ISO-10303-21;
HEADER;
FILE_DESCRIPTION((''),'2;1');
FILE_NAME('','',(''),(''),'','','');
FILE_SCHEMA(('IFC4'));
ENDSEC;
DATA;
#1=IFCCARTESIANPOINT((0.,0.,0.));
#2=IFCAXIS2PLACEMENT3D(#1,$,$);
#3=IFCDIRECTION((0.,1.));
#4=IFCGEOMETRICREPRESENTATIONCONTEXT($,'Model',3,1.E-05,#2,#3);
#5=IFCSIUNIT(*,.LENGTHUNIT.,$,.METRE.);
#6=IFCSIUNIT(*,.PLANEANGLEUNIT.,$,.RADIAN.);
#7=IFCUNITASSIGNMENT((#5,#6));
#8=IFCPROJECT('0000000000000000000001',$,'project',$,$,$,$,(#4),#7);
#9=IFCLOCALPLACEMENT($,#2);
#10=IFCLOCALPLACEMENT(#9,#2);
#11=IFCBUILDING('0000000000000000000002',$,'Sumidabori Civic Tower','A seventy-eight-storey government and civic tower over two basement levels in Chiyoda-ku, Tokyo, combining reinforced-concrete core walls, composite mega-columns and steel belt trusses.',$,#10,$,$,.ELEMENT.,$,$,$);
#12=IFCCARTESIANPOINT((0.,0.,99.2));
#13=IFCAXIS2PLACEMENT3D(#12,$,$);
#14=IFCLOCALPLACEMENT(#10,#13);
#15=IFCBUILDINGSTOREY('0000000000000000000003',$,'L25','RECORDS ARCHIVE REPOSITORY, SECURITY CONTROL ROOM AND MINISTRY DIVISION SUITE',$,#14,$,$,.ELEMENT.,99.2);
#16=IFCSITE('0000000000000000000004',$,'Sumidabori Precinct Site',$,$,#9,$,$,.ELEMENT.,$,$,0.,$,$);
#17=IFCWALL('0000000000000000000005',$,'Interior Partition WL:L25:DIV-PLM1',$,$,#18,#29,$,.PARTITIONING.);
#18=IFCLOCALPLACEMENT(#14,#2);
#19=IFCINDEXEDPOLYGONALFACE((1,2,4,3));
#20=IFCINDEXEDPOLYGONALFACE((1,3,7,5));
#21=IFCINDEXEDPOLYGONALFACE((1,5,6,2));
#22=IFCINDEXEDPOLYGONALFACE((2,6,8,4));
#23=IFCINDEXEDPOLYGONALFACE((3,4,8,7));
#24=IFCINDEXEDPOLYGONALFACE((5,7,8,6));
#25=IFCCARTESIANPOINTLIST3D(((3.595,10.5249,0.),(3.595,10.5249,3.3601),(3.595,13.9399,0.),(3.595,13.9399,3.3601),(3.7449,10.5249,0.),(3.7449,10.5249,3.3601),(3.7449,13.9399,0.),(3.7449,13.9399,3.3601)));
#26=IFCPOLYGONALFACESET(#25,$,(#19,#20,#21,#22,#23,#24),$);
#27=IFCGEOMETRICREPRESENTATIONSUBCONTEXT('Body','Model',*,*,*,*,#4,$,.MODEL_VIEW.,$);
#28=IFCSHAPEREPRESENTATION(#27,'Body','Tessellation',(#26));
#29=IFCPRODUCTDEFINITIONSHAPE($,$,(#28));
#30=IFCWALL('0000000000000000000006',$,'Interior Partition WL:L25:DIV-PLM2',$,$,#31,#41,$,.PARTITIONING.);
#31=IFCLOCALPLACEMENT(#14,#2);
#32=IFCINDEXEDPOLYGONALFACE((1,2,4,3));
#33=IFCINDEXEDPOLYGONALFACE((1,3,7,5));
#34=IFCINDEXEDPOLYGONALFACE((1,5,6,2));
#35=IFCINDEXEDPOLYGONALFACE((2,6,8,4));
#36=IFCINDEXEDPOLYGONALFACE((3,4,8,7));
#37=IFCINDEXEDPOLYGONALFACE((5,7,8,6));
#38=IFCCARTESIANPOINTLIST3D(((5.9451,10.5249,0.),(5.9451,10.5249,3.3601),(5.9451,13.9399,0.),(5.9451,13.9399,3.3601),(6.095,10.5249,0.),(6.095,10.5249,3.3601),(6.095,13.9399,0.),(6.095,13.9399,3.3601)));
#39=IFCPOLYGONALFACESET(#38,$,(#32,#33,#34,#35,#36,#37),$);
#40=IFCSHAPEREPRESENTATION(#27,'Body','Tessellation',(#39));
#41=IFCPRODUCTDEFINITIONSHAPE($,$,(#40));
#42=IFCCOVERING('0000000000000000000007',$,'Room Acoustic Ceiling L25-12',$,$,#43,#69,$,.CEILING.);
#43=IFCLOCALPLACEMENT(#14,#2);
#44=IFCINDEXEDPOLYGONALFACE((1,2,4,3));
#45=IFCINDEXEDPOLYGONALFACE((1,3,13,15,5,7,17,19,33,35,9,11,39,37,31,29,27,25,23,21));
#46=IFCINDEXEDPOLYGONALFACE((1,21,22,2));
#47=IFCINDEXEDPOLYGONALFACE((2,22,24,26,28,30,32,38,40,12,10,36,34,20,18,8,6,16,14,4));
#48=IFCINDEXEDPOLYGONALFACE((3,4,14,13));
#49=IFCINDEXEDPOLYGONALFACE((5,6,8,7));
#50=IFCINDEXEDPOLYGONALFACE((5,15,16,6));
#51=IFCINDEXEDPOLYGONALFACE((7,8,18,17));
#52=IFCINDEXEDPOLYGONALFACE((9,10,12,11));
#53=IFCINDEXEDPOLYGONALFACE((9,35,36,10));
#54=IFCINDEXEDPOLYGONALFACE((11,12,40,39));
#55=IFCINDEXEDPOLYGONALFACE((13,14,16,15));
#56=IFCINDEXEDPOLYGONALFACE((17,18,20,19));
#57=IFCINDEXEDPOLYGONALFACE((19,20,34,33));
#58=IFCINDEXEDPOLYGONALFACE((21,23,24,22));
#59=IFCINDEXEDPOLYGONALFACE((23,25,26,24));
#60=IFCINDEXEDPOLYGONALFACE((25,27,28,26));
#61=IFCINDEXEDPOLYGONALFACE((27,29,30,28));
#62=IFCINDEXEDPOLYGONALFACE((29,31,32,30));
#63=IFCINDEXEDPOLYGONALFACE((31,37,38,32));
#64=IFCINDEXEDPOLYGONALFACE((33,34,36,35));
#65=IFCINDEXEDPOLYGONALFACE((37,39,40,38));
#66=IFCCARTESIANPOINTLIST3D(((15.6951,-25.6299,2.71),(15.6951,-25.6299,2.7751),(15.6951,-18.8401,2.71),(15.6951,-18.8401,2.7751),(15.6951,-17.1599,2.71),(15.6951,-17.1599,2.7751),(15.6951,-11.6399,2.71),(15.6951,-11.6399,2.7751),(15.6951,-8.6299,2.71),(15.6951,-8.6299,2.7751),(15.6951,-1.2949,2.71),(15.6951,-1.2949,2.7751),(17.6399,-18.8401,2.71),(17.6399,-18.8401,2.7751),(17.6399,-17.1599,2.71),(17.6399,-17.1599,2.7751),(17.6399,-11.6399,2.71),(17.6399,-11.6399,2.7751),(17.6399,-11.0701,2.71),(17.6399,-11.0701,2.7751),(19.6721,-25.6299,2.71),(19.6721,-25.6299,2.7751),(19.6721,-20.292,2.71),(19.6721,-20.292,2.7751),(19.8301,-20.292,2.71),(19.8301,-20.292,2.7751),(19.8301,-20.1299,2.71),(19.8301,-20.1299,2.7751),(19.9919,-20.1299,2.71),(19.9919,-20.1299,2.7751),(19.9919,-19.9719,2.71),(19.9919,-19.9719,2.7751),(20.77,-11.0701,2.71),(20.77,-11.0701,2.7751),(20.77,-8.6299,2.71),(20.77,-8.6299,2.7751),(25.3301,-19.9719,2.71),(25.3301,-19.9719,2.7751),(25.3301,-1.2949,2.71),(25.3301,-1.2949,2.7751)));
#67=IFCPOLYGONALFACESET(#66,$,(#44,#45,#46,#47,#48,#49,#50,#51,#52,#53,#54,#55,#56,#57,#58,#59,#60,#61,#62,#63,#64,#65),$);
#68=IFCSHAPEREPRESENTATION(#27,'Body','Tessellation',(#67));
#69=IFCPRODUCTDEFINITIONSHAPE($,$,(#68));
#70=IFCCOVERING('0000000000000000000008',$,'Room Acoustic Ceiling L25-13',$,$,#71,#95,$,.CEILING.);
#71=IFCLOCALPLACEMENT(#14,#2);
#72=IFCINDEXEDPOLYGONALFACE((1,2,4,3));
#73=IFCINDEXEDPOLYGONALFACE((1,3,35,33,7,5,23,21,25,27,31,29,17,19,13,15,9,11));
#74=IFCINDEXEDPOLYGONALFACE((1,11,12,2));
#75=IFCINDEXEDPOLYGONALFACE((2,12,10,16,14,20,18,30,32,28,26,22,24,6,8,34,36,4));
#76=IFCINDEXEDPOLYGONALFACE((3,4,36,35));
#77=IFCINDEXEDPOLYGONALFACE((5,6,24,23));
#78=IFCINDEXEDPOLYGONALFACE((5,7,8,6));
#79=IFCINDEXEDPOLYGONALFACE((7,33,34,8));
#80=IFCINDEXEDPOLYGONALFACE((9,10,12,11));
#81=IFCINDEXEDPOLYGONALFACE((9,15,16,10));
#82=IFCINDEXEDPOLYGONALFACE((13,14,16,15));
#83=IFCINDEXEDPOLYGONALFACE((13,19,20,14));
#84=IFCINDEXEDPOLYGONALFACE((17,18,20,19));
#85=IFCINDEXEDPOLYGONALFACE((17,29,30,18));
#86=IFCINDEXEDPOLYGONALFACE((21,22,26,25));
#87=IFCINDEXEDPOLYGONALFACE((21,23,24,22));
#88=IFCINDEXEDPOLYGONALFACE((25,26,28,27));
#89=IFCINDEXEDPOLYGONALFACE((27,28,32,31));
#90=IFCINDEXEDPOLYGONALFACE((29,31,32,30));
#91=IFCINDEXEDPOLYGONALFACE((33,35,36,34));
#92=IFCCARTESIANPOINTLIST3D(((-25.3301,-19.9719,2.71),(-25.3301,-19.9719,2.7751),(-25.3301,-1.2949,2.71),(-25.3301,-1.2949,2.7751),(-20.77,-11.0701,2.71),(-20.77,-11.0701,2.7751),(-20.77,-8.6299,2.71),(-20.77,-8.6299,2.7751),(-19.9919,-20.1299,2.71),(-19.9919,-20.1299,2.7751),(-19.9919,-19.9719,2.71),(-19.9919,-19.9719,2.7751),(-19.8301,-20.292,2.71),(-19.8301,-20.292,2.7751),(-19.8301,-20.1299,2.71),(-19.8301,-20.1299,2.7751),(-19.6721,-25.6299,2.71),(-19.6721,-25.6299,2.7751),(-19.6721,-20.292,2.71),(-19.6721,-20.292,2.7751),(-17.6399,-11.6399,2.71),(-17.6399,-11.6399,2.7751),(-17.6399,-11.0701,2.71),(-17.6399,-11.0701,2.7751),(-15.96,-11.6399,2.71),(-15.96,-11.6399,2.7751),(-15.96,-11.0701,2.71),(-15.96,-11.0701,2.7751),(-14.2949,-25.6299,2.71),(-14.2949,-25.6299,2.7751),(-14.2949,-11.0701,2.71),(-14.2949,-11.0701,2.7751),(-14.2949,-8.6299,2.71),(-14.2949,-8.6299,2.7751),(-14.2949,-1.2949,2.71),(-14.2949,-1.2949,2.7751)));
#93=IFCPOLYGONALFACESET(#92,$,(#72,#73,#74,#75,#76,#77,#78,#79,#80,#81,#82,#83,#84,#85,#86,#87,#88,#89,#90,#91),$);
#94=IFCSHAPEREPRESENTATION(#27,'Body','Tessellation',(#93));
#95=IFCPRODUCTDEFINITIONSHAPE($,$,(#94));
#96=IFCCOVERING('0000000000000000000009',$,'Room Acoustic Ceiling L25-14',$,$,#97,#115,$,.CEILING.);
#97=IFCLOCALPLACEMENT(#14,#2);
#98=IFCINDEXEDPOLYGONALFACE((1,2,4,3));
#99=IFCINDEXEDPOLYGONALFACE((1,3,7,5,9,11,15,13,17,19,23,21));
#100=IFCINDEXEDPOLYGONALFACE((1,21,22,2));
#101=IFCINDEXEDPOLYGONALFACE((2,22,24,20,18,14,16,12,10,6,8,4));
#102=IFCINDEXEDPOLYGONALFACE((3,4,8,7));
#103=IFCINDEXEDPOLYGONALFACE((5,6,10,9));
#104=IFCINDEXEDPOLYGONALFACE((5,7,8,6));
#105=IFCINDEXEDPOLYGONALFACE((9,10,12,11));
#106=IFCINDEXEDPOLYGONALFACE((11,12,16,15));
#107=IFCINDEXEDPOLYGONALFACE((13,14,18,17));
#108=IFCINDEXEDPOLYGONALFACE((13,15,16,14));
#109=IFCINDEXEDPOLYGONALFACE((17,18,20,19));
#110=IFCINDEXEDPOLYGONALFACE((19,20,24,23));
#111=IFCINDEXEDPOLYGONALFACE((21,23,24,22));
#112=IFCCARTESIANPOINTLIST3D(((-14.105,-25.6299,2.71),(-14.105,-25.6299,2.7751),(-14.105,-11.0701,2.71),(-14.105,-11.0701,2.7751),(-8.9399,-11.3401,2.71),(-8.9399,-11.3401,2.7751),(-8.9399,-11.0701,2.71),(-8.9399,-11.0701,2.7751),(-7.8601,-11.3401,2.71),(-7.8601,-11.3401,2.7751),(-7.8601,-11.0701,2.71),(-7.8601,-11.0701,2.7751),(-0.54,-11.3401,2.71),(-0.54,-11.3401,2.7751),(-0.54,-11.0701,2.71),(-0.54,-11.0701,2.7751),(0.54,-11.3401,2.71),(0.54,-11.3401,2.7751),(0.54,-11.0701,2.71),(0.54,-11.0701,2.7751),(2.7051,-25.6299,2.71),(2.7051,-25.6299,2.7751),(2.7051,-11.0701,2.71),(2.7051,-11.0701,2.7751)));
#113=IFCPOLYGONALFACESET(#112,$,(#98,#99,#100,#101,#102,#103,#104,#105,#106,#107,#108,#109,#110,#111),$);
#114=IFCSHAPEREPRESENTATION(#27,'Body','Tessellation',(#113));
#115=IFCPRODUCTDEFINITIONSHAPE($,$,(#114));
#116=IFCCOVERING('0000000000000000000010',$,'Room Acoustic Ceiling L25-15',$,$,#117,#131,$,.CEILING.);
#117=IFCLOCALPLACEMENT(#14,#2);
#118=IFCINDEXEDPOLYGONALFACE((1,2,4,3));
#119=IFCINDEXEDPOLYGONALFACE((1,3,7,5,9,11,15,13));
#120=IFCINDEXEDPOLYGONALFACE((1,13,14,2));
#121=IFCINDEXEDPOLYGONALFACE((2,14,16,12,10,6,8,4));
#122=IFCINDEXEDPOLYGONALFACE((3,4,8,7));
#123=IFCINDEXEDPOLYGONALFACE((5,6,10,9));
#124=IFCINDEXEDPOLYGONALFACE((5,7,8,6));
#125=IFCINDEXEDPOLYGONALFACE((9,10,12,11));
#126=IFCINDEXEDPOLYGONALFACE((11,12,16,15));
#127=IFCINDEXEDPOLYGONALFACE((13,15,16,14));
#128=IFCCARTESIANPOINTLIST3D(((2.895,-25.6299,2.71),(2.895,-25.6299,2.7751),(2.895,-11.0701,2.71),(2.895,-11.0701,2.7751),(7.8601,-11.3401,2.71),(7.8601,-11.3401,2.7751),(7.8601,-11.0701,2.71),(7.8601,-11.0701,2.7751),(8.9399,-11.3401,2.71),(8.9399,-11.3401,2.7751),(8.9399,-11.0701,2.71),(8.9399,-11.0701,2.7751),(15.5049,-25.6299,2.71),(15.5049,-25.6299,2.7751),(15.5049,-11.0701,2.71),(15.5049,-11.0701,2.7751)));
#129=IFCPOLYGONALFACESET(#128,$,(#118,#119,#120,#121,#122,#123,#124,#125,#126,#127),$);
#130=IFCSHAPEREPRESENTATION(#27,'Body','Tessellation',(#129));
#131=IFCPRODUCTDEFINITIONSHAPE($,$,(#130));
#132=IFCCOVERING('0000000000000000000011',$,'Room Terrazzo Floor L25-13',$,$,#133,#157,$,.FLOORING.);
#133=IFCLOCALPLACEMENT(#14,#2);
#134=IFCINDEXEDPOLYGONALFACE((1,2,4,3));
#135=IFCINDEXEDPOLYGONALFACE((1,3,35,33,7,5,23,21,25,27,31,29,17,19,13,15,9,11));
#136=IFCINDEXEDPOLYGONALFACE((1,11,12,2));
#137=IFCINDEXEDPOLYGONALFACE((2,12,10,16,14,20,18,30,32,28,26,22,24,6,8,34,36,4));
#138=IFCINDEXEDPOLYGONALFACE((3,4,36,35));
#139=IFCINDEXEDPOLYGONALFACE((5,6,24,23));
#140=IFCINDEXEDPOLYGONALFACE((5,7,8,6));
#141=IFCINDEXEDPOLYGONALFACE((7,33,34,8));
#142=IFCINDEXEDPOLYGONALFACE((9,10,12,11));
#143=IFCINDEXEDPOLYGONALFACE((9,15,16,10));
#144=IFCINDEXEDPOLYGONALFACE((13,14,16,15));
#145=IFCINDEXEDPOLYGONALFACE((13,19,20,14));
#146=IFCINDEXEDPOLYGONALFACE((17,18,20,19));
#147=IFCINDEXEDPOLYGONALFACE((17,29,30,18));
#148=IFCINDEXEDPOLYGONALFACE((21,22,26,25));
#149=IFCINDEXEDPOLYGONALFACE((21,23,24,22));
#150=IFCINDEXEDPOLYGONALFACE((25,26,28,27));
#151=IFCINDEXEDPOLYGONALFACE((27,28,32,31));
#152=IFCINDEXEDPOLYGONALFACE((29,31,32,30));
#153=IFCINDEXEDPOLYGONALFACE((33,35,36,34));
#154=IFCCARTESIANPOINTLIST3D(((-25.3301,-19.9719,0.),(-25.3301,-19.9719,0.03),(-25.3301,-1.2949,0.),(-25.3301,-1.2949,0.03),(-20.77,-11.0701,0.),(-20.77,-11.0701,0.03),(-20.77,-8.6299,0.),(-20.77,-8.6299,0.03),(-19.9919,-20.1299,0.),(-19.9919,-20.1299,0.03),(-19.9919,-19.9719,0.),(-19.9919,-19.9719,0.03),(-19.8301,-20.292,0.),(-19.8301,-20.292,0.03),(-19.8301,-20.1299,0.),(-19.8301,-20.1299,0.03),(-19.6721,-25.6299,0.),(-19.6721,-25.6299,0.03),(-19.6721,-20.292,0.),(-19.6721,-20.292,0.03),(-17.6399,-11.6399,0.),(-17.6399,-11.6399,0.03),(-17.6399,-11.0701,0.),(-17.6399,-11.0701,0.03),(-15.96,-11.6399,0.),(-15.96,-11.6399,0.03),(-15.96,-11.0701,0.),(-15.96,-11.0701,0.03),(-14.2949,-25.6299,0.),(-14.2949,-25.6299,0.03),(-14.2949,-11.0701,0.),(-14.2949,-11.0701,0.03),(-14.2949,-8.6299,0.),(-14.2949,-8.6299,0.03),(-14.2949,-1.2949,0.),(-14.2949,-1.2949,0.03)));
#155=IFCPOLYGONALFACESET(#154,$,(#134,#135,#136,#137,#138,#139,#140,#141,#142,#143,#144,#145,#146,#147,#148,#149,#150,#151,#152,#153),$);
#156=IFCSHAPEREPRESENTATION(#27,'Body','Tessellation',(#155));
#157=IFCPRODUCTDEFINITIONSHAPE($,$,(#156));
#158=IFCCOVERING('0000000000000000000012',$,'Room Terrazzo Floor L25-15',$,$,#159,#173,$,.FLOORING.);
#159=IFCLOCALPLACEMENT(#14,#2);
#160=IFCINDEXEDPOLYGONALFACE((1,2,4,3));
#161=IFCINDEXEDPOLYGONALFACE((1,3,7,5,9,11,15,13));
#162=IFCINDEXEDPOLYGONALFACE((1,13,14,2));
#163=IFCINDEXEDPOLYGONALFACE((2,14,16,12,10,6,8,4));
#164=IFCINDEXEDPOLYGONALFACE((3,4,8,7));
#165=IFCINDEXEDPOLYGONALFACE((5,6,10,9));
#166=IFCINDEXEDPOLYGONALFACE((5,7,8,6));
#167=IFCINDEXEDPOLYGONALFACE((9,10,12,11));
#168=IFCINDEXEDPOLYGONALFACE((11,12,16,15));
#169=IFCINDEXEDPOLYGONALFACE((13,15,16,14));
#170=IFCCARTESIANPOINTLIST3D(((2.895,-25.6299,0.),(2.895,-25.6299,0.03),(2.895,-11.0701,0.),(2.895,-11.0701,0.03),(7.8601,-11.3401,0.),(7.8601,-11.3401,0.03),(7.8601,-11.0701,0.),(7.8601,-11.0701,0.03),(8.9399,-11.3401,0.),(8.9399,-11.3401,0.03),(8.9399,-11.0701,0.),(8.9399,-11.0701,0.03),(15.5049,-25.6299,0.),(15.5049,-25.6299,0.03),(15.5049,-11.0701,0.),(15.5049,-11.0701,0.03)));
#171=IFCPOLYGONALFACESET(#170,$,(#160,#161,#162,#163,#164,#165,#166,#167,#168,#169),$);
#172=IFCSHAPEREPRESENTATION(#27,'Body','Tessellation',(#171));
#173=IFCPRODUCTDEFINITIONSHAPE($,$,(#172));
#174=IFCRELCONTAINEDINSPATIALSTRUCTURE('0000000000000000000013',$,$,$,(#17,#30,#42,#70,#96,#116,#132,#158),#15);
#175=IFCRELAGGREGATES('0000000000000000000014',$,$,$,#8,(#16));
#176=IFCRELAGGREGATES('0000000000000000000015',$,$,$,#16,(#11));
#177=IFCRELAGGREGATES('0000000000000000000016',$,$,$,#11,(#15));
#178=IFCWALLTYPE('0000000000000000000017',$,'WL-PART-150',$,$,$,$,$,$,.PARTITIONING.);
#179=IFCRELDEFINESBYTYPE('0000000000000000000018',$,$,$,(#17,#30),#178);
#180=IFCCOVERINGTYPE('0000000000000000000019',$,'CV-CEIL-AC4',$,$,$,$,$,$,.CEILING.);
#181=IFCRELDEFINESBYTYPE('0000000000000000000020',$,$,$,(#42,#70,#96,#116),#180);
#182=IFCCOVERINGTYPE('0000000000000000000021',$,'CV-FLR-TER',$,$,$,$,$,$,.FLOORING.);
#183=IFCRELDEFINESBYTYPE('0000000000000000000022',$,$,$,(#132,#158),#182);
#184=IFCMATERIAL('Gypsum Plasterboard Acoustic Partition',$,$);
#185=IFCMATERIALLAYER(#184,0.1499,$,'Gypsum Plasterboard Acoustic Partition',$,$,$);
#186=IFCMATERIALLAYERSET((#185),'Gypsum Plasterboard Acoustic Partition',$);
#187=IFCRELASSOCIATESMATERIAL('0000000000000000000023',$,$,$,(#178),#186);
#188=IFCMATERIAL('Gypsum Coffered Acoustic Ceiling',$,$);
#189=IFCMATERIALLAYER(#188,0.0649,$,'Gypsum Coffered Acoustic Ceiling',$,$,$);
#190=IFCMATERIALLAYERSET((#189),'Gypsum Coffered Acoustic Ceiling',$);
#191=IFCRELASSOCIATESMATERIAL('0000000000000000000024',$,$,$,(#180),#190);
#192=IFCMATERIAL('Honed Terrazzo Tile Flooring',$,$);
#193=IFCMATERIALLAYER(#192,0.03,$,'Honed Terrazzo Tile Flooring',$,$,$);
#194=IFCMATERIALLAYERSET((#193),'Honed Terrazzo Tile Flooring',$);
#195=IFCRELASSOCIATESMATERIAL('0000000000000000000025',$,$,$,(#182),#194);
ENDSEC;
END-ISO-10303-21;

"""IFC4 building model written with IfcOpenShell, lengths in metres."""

from ifc_helpers import new_model, si_unit, direction, frame, frame_2d, origin, place, context, subcontext, project, spatial, polyline, rectangle, outline, extrude, source, transform, mapped, material, layer, layer_set, type_object, element, save


model = new_model("IFC4")

# Units and contexts
model_context = context("Model", 3, precision=1e-05, world=origin(), true_north=direction((0.0, 1.0)))
body_context = subcontext(model_context, "Body", "Model", "MODEL_VIEW")
ifc_project = project(units=[si_unit("LENGTHUNIT", "METRE"), si_unit("PLANEANGLEUNIT", "RADIAN")], contexts=[model_context])

# Site, building, storey
site_placement = place(None, origin())
site = spatial("IfcSite", under=ifc_project, at=site_placement, Name="Sumidabori Precinct Site", CompositionType="ELEMENT", RefElevation=0.0)
building_placement = place(site_placement, origin())
building = spatial("IfcBuilding", under=site, at=building_placement, Name="Sumidabori Civic Tower", Description="A seventy-eight-storey government and civic tower over two basement levels in Chiyoda-ku, Tokyo, combining reinforced-concrete core walls, composite mega-columns and steel belt trusses.", CompositionType="ELEMENT")
storey_placement = place(building_placement, frame((0.0, 0.0, 99.2)))
storey = spatial("IfcBuildingStorey", under=building, at=storey_placement, Name="L25", Description="RECORDS ARCHIVE REPOSITORY, SECURITY CONTROL ROOM AND MINISTRY DIVISION SUITE", CompositionType="ELEMENT", Elevation=99.2)

# Shared definitions
ifc_material_1 = material(Name="Gypsum Plasterboard Acoustic Partition")
ifc_layer_1 = layer(ifc_material_1, 0.1499, Name="Gypsum Plasterboard Acoustic Partition")
ifc_layer_set_1 = layer_set([ifc_layer_1], Name="Gypsum Plasterboard Acoustic Partition")
wall_type_1 = type_object("IfcWallType", Name="WL-PART-150", PredefinedType="PARTITIONING", material=ifc_layer_set_1)

# Walls
shared_shape_1 = source(origin(), body_context, "Body", "SweptSolid", [
    extrude(rectangle(XDim=3.415, YDim=0.1499, at=frame_2d((1.7075, 0.0))), origin(), (0.0, 0.0, 1.0), 3.3601),
])
for number, where, z_axis, x_axis, name in (
    (1, (3.6699, 10.5249, 0.0), (0.0, 0.0, 1.0), (0.0, 1.0, 0.0), "Interior Partition WL:L25:DIV-PLM1"),
    (2, (6.02, 10.5249, 0.0), (0.0, 0.0, 1.0), (0.0, 1.0, 0.0), "Interior Partition WL:L25:DIV-PLM2"),
):
    element("IfcWall", number, at=place(storey_placement, frame(where, z_axis=z_axis, x_axis=x_axis)), inside=storey, type_object=wall_type_1, Name=name, PredefinedType="PARTITIONING", context=body_context, shape_type="MappedRepresentation", body=[
        mapped(shared_shape_1, transform((0.0, 0.0, 0.0), x_axis=(1.0, 0.0, 0.0), y_axis=(0.0, 1.0, 0.0), z_axis=(0.0, 0.0, 1.0), scale=1.0)),
    ])

# Coverings
ifc_material_2 = material(Name="Gypsum Coffered Acoustic Ceiling")
ifc_layer_2 = layer(ifc_material_2, 0.0649, Name="Gypsum Coffered Acoustic Ceiling")
ifc_layer_set_2 = layer_set([ifc_layer_2], Name="Gypsum Coffered Acoustic Ceiling")
covering_type_1 = type_object("IfcCoveringType", Name="CV-CEIL-AC4", PredefinedType="CEILING", material=ifc_layer_set_2)
covering_1_placement = place(storey_placement, frame((0.0, 0.0, 2.71)))
element("IfcCovering", 3, at=covering_1_placement, inside=storey, type_object=covering_type_1, Name="Room Acoustic Ceiling L25-12", PredefinedType="CEILING", context=body_context, shape_type="SweptSolid", body=[
    extrude(outline(polyline([(15.6951, -18.8401), (17.6399, -18.8401), (17.6399, -17.1599), (15.6951, -17.1599), (15.6951, -11.6399), (17.6399, -11.6399), (17.6399, -11.0701), (20.77, -11.0701), (20.77, -8.6299), (15.6951, -8.6299), (15.6951, -1.2949), (25.3301, -1.2949), (25.3301, -19.9719), (19.9919, -19.9719), (19.9919, -20.1299), (19.8301, -20.1299), (19.8301, -20.292), (19.6721, -20.292), (19.6721, -25.6299), (15.6951, -25.6299), (15.6951, -18.8401)])), origin(), (0.0, 0.0, 1.0), 0.0652),
])
covering_2_placement = place(storey_placement, frame((0.0, 0.0, 2.71)))
element("IfcCovering", 4, at=covering_2_placement, inside=storey, type_object=covering_type_1, Name="Room Acoustic Ceiling L25-13", PredefinedType="CEILING", context=body_context, shape_type="SweptSolid", body=[
    extrude(outline(polyline([(-25.3301, -19.9719), (-25.3301, -1.2949), (-14.2949, -1.2949), (-14.2949, -8.6299), (-20.77, -8.6299), (-20.77, -11.0701), (-17.6399, -11.0701), (-17.6399, -11.6399), (-15.96, -11.6399), (-15.96, -11.0701), (-14.2949, -11.0701), (-14.2949, -25.6299), (-19.6721, -25.6299), (-19.6721, -20.292), (-19.8301, -20.292), (-19.8301, -20.1299), (-19.9919, -20.1299), (-19.9919, -19.9719), (-25.3301, -19.9719)])), origin(), (0.0, 0.0, 1.0), 0.0652),
])
covering_3_placement = place(storey_placement, frame((0.0, 0.0, 2.71)))
element("IfcCovering", 5, at=covering_3_placement, inside=storey, type_object=covering_type_1, Name="Room Acoustic Ceiling L25-14", PredefinedType="CEILING", context=body_context, shape_type="SweptSolid", body=[
    extrude(outline(polyline([(-14.105, -11.0701), (-8.9399, -11.0701), (-8.9399, -11.3401), (-7.8601, -11.3401), (-7.8601, -11.0701), (-0.54, -11.0701), (-0.54, -11.3401), (0.54, -11.3401), (0.54, -11.0701), (2.7051, -11.0701), (2.7051, -25.6299), (-14.105, -25.6299), (-14.105, -11.0701)])), origin(), (0.0, 0.0, 1.0), 0.0652),
])
covering_4_placement = place(storey_placement, frame((0.0, 0.0, 2.71)))
element("IfcCovering", 6, at=covering_4_placement, inside=storey, type_object=covering_type_1, Name="Room Acoustic Ceiling L25-15", PredefinedType="CEILING", context=body_context, shape_type="SweptSolid", body=[
    extrude(outline(polyline([(2.895, -11.0701), (7.8601, -11.0701), (7.8601, -11.3401), (8.9399, -11.3401), (8.9399, -11.0701), (15.5049, -11.0701), (15.5049, -25.6299), (2.895, -25.6299), (2.895, -11.0701)])), origin(), (0.0, 0.0, 1.0), 0.0652),
])
ifc_material_3 = material(Name="Honed Terrazzo Tile Flooring")
ifc_layer_3 = layer(ifc_material_3, 0.03, Name="Honed Terrazzo Tile Flooring")
ifc_layer_set_3 = layer_set([ifc_layer_3], Name="Honed Terrazzo Tile Flooring")
covering_type_2 = type_object("IfcCoveringType", Name="CV-FLR-TER", PredefinedType="FLOORING", material=ifc_layer_set_3)
covering_5_placement = place(storey_placement, origin())
element("IfcCovering", 7, at=covering_5_placement, inside=storey, type_object=covering_type_2, Name="Room Terrazzo Floor L25-13", PredefinedType="FLOORING", context=body_context, shape_type="SweptSolid", body=[
    extrude(outline(polyline([(-25.3301, -19.9719), (-25.3301, -1.2949), (-14.2949, -1.2949), (-14.2949, -8.6299), (-20.77, -8.6299), (-20.77, -11.0701), (-17.6399, -11.0701), (-17.6399, -11.6399), (-15.96, -11.6399), (-15.96, -11.0701), (-14.2949, -11.0701), (-14.2949, -25.6299), (-19.6721, -25.6299), (-19.6721, -20.292), (-19.8301, -20.292), (-19.8301, -20.1299), (-19.9919, -20.1299), (-19.9919, -19.9719), (-25.3301, -19.9719)])), origin(), (0.0, 0.0, 1.0), 0.03),
])
covering_6_placement = place(storey_placement, origin())
element("IfcCovering", 8, at=covering_6_placement, inside=storey, type_object=covering_type_2, Name="Room Terrazzo Floor L25-15", PredefinedType="FLOORING", context=body_context, shape_type="SweptSolid", body=[
    extrude(outline(polyline([(2.895, -11.0701), (7.8601, -11.0701), (7.8601, -11.3401), (8.9399, -11.3401), (8.9399, -11.0701), (15.5049, -11.0701), (15.5049, -25.6299), (2.895, -25.6299), (2.895, -11.0701)])), origin(), (0.0, 0.0, 1.0), 0.03),
])

save(model, "model.ifc")
